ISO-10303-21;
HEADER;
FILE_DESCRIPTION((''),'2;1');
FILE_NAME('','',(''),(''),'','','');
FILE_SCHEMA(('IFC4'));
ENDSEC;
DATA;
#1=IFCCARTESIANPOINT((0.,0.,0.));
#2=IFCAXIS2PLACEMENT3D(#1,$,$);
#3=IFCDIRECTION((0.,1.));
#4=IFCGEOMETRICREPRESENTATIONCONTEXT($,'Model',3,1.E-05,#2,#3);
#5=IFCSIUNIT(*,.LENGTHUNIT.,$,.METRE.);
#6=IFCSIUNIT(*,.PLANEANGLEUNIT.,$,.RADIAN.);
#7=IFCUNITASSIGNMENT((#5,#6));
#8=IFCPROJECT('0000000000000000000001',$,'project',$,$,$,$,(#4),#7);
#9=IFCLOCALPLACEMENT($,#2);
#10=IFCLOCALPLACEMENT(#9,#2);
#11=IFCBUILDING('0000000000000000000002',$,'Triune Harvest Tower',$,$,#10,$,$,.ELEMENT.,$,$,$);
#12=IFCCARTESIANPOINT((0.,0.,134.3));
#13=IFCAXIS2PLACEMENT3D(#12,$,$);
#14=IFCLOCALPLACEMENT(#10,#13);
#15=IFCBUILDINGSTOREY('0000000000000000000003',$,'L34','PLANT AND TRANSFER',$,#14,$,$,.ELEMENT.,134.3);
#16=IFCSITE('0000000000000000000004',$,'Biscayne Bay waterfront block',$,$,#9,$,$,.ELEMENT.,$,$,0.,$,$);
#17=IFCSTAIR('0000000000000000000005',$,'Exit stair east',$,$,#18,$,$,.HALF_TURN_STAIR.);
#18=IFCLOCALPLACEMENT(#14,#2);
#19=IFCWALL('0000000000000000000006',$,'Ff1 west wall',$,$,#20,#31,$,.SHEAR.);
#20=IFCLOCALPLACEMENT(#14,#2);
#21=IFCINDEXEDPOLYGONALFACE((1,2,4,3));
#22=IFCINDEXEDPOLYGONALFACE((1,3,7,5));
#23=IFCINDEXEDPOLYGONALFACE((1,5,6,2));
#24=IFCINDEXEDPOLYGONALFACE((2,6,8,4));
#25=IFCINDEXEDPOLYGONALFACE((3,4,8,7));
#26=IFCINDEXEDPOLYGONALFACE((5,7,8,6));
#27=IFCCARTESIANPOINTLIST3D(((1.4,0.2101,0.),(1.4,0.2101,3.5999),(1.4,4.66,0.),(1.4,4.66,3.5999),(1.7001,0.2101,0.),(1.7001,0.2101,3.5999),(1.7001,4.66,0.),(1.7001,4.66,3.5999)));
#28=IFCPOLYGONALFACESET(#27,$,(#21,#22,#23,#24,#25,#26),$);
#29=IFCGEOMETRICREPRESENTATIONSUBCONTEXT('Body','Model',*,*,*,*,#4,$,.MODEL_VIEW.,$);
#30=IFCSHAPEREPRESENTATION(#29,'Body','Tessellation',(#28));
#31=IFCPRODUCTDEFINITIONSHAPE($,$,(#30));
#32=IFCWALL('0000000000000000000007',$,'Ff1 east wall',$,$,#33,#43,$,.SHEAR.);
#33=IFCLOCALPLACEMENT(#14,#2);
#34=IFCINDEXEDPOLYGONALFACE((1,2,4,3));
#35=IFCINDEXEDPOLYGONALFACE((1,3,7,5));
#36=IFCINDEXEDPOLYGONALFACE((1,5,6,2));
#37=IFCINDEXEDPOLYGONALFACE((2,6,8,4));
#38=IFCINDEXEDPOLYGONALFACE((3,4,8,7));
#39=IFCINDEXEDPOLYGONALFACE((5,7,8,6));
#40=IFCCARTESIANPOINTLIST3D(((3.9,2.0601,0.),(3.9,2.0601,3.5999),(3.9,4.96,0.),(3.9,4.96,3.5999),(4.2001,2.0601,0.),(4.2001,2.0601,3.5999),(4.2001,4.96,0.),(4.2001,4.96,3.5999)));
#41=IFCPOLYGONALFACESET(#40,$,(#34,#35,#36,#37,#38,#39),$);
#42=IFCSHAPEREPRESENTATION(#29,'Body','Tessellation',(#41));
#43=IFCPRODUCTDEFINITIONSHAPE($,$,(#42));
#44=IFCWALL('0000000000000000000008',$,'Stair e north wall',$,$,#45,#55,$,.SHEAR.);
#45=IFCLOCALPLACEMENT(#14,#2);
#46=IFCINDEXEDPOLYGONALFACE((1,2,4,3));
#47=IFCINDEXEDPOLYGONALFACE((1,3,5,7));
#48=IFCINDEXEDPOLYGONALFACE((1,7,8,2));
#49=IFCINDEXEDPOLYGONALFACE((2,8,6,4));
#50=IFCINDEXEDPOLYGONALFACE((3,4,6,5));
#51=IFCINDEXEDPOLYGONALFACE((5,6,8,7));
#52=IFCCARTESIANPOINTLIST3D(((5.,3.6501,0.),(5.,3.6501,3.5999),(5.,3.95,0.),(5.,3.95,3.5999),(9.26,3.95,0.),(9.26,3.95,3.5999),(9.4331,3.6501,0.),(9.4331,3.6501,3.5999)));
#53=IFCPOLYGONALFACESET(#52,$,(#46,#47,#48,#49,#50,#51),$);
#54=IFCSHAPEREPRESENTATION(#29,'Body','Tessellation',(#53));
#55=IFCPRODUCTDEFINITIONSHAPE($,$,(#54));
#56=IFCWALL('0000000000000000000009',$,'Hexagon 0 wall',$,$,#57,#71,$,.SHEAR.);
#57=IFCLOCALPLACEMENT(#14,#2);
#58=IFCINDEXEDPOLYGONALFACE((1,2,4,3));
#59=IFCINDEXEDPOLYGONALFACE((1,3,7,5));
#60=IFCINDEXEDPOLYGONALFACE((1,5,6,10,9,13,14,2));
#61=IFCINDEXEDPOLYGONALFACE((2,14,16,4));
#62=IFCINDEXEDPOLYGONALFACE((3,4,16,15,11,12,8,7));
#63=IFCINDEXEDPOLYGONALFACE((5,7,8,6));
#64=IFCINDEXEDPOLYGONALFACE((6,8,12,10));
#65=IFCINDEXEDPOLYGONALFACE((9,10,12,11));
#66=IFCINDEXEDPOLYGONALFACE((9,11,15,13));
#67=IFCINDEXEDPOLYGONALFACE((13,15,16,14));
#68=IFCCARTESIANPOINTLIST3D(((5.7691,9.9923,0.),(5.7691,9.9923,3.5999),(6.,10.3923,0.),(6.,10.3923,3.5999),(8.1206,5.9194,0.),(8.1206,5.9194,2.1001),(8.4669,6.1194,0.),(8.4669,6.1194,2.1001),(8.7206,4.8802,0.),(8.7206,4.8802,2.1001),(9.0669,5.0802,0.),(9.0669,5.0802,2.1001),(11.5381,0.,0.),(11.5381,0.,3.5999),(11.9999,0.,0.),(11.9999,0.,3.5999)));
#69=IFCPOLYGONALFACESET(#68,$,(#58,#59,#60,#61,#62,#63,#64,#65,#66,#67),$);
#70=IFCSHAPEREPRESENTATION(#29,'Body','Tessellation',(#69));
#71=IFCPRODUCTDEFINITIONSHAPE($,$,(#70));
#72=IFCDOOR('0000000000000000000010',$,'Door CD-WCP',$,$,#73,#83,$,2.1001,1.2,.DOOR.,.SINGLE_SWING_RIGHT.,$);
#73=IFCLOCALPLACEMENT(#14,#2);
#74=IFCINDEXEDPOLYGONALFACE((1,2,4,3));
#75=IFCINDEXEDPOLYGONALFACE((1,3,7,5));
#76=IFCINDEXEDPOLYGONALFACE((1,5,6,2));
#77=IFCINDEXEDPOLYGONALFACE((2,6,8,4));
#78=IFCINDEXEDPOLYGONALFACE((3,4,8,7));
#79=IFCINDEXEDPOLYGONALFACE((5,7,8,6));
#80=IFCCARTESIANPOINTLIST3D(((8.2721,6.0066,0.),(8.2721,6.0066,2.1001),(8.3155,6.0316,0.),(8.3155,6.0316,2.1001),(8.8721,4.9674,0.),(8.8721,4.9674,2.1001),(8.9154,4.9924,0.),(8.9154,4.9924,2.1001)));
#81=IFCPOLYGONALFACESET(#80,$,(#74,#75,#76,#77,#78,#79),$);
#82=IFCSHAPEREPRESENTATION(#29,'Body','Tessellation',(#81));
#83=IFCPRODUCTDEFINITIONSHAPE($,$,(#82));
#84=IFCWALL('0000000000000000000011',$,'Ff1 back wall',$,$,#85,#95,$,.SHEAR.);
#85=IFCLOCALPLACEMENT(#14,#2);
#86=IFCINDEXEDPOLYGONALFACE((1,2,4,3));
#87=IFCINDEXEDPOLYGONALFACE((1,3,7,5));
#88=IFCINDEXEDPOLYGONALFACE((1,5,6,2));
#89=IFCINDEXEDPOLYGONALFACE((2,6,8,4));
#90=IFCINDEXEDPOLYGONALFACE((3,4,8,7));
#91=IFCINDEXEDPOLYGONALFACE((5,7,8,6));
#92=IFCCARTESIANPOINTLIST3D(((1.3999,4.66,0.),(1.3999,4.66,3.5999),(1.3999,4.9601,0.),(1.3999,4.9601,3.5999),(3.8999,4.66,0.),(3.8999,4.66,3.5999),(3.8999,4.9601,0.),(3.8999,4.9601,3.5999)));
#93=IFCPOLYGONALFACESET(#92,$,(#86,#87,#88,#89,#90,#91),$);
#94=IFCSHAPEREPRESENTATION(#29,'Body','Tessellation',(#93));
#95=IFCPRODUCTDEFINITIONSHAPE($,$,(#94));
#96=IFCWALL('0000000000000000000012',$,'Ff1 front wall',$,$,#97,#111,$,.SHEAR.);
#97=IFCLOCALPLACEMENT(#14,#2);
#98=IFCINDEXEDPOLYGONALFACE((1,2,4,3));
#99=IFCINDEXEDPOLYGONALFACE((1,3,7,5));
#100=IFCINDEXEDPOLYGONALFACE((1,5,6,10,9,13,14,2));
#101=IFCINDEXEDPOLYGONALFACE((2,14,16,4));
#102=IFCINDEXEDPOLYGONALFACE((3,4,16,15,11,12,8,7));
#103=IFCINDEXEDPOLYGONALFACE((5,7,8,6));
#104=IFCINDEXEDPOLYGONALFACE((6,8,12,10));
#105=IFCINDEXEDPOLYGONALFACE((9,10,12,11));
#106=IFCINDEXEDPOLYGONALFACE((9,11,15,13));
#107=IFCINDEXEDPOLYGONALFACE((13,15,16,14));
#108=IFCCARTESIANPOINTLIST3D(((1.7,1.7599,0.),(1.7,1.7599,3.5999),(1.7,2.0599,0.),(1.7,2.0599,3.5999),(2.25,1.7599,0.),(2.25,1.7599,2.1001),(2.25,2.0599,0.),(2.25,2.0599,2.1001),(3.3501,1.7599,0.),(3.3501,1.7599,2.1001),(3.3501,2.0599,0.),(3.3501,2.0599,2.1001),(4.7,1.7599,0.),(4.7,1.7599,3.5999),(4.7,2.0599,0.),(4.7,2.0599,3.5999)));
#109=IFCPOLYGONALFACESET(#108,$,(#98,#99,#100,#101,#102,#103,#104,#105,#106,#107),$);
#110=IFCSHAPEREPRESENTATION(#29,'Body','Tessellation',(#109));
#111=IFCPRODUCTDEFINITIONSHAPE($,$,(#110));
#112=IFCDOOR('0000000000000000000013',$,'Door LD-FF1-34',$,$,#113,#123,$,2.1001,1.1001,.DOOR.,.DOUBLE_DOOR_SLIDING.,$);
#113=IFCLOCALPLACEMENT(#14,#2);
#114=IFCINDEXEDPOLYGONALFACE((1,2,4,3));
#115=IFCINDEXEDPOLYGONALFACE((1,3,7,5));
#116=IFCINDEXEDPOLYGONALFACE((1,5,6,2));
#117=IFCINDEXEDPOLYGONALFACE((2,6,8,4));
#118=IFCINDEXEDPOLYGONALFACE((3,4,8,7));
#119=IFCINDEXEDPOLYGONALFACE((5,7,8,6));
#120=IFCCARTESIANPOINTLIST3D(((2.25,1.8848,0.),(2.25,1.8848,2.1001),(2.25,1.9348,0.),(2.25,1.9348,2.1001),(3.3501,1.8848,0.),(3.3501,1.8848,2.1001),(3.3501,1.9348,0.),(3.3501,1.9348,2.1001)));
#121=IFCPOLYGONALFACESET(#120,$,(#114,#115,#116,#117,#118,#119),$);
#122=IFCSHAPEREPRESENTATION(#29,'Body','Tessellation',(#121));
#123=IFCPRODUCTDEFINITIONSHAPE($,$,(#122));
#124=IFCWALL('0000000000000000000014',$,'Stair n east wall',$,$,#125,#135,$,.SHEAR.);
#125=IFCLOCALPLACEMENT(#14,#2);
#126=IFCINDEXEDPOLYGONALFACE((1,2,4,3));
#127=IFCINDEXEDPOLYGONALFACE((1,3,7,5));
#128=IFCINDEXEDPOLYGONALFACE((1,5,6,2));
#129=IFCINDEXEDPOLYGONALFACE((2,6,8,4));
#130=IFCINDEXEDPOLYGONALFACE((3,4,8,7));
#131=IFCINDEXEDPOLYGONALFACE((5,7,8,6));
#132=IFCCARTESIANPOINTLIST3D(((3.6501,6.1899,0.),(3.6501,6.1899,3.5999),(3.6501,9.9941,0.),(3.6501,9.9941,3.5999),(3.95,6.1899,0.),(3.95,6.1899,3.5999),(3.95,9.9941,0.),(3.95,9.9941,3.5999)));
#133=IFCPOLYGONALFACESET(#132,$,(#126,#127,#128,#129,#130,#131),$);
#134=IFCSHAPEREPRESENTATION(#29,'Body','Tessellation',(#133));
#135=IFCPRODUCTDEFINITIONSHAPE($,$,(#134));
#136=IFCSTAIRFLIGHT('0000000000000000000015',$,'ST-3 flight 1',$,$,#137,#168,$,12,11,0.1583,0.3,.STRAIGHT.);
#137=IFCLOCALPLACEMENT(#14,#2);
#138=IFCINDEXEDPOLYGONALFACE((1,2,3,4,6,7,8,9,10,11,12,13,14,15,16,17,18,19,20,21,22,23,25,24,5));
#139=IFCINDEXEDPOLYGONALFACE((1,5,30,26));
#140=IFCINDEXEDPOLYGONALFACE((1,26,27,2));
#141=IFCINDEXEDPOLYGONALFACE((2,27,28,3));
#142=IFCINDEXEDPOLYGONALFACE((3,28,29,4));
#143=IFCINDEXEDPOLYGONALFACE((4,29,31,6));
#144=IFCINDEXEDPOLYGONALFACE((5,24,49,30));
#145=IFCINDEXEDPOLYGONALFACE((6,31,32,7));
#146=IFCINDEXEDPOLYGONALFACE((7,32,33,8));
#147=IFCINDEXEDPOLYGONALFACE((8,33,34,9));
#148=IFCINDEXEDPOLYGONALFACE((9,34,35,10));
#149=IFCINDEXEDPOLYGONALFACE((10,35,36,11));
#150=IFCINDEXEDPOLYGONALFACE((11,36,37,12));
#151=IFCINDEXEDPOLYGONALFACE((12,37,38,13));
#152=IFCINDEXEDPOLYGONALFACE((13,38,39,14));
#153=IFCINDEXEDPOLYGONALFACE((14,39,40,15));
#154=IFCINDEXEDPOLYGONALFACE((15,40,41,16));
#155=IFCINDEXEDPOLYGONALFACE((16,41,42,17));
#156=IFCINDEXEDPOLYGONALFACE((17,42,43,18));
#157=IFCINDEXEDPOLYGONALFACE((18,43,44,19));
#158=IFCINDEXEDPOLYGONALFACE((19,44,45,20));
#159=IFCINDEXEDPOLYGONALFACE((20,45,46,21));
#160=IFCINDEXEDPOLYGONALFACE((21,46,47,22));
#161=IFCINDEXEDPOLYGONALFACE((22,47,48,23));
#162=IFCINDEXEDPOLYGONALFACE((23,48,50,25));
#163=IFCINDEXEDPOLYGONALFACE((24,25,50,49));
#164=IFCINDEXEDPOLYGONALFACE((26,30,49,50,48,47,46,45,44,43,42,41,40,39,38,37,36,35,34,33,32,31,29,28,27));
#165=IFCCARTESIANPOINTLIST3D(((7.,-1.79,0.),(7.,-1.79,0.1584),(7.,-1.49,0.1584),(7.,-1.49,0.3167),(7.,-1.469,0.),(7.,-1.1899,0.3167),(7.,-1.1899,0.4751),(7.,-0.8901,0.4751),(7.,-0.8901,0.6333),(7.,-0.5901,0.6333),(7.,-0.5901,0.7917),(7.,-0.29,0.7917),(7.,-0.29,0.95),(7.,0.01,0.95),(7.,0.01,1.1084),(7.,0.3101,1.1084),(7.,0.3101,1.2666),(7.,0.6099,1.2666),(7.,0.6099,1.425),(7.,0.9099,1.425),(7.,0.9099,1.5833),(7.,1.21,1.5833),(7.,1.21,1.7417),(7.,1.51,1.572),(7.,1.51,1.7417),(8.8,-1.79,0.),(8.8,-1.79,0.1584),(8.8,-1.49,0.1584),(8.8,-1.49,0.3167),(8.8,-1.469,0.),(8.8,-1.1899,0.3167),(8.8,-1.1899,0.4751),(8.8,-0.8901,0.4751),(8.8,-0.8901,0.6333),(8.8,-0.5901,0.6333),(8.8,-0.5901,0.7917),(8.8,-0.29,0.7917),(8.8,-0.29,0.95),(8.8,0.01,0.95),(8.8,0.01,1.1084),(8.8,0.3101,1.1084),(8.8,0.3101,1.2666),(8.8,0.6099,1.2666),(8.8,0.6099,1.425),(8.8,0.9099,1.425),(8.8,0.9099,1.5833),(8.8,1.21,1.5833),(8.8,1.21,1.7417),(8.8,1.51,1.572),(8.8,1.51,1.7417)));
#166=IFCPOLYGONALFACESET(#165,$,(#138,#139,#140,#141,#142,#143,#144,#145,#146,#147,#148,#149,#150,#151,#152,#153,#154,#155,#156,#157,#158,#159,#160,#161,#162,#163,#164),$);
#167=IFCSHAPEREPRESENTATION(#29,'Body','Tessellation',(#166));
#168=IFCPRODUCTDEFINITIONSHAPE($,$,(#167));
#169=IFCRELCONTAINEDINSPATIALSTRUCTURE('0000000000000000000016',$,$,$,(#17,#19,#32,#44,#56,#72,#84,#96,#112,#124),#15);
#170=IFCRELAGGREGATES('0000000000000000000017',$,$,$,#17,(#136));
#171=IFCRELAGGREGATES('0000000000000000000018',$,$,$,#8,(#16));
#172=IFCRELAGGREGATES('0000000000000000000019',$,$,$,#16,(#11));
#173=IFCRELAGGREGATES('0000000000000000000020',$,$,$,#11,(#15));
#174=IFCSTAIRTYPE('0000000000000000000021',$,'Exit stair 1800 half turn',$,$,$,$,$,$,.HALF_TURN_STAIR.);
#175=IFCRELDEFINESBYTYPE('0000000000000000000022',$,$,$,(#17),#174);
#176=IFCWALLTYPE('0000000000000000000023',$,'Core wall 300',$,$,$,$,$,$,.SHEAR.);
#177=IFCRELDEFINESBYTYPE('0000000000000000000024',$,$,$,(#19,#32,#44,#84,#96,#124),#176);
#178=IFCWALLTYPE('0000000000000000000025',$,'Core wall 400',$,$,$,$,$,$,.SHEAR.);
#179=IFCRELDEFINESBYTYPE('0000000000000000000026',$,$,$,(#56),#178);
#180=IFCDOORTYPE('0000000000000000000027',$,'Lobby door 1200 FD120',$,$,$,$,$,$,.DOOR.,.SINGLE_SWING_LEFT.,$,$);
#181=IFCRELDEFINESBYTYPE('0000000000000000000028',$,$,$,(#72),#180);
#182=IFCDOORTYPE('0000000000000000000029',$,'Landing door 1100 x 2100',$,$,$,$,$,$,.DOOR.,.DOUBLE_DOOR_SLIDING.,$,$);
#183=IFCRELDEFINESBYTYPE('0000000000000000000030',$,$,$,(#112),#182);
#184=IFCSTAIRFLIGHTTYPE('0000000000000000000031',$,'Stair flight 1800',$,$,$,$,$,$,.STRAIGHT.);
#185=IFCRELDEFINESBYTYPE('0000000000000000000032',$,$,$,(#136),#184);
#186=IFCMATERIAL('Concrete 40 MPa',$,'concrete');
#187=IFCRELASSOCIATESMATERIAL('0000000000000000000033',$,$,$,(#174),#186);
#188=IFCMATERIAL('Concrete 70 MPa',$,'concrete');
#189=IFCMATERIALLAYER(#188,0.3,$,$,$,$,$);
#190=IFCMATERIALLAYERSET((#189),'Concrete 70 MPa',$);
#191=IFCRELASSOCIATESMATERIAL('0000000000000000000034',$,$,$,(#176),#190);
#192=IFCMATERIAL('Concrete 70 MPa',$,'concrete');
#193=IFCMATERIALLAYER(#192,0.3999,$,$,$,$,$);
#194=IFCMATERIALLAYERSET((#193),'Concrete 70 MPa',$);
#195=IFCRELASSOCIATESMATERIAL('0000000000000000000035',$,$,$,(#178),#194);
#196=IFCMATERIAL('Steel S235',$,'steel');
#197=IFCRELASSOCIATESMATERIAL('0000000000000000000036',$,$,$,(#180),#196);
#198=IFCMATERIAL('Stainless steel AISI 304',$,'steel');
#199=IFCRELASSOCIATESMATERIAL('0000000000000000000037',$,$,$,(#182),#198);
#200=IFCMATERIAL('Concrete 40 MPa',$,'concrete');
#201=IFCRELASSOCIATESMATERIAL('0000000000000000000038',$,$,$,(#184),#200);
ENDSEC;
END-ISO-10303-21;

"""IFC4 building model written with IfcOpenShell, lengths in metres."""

from ifc_helpers import new_model, si_unit, direction, frame, frame_2d, origin, place, context, subcontext, project, spatial, polyline, rectangle, outline, extrude, source, transform, mapped, material, layer, layer_set, type_object, element, fill, aggregate, save


model = new_model("IFC4")

# Units and contexts
model_context = context("Model", 3, precision=1e-05, world=origin(), true_north=direction((0.0, 1.0)))
body_context = subcontext(model_context, "Body", "Model", "MODEL_VIEW")
ifc_project = project(units=[si_unit("LENGTHUNIT", "METRE"), si_unit("PLANEANGLEUNIT", "RADIAN")], contexts=[model_context])

# Site, building, storey
site_placement = place(None, origin())
site = spatial("IfcSite", under=ifc_project, at=site_placement, Name="Biscayne Bay waterfront block", CompositionType="ELEMENT", RefElevation=0.0)
building_placement = place(site_placement, origin())
building = spatial("IfcBuilding", under=site, at=building_placement, Name="Triune Harvest Tower", CompositionType="ELEMENT")
storey_placement = place(building_placement, frame((0.0, 0.0, 134.3)))
storey = spatial("IfcBuildingStorey", under=building, at=storey_placement, Name="L34", Description="PLANT AND TRANSFER", CompositionType="ELEMENT", Elevation=134.3)

# Stair
ifc_material_1 = material(Name="Concrete 40 MPa", Category="concrete")
stair_type = type_object("IfcStairType", Name="Exit stair 1800 half turn", PredefinedType="HALF_TURN_STAIR", material=ifc_material_1)
stair_1_placement = place(storey_placement, origin())
stair_1 = element("IfcStair", 1, at=stair_1_placement, inside=storey, type_object=stair_type, Name="Exit stair east", PredefinedType="HALF_TURN_STAIR")

# Walls
ifc_material_2 = material(Name="Concrete 70 MPa", Category="concrete")
ifc_layer_1 = layer(ifc_material_2, 0.3)
ifc_layer_set_1 = layer_set([ifc_layer_1], Name="Concrete 70 MPa")
wall_type_1 = type_object("IfcWallType", Name="Core wall 300", PredefinedType="SHEAR", material=ifc_layer_set_1)
wall_1_placement = place(storey_placement, frame((1.55, 0.21, 0.0), z_axis=(0.0, 0.0, 1.0), x_axis=(0.0, 1.0, 0.0)))
element("IfcWall", 2, at=wall_1_placement, inside=storey, type_object=wall_type_1, Name="Ff1 west wall", PredefinedType="SHEAR", context=body_context, shape_type="SweptSolid", body=[
    extrude(rectangle(XDim=4.45, YDim=0.3, at=frame_2d((2.2251, 0.0))), origin(), (0.0, 0.0, 1.0), 3.5999),
])
wall_2_placement = place(storey_placement, frame((4.05, 2.0601, 0.0), z_axis=(0.0, 0.0, 1.0), x_axis=(0.0, 1.0, 0.0)))
element("IfcWall", 3, at=wall_2_placement, inside=storey, type_object=wall_type_1, Name="Ff1 east wall", PredefinedType="SHEAR", context=body_context, shape_type="SweptSolid", body=[
    extrude(rectangle(XDim=2.8999, YDim=0.3, at=frame_2d((1.45, 0.0))), origin(), (0.0, 0.0, 1.0), 3.5999),
])
wall_3_placement = place(storey_placement, frame((5.0, 3.8, 0.0), z_axis=(0.0, 0.0, 1.0), x_axis=(1.0, 0.0, 0.0)))
element("IfcWall", 4, at=wall_3_placement, inside=storey, type_object=wall_type_1, Name="Stair e north wall", PredefinedType="SHEAR", context=body_context, shape_type="SweptSolid", body=[
    extrude(outline(polyline([(0.0, -0.1499), (0.0, 0.1499), (4.26, 0.1499), (4.4331, -0.1499), (0.0, -0.1499)])), origin(), (0.0, 0.0, 1.0), 3.5999),
])

# Wall, opening, door
ifc_material_3 = material(Name="Concrete 70 MPa", Category="concrete")
ifc_layer_2 = layer(ifc_material_3, 0.3999)
ifc_layer_set_2 = layer_set([ifc_layer_2], Name="Concrete 70 MPa")
wall_type_2 = type_object("IfcWallType", Name="Core wall 400", PredefinedType="SHEAR", material=ifc_layer_set_2)
shared_shape_1 = source(origin(), body_context, "Body", "SweptSolid", [
    extrude(outline(polyline([(-0.1155, -0.2), (11.8845, -0.2), (11.6536, 0.2), (0.1155, 0.2), (-0.1155, -0.2)])), origin(), (0.0, 0.0, 1.0), 3.5999),
])
wall_4_placement = place(storey_placement, frame((11.769, 0.0, 0.0), z_axis=(0.0, 0.0, 1.0), x_axis=(-0.499997, 0.866027, 0.0)))
wall_4 = element("IfcWall", 5, at=wall_4_placement, inside=storey, type_object=wall_type_2, Name="Hexagon 0 wall", PredefinedType="SHEAR", context=body_context, shape_type="MappedRepresentation", body=[
    mapped(shared_shape_1, transform((0.0, 0.0, 0.0), scale=1.0)),
])
opening_1_placement = place(wall_4_placement, frame((5.7505, 0.0, 0.0)))
opening_1 = element("IfcOpeningElement", 6, at=opening_1_placement, cuts=wall_4, PredefinedType="OPENING", context=body_context, shape_type="SweptSolid", body=[
    extrude(rectangle(XDim=1.2, YDim=2.1001, at=frame_2d((0.6001, 1.05))), frame((0.0, 0.21, 0.0), z_axis=(0.0, -1.0, 0.0), x_axis=(1.0, 0.0, 0.0)), (0.0, 0.0, 1.0), 0.4199),
])
ifc_material_4 = material(Name="Steel S235", Category="steel")
door_type_1 = type_object("IfcDoorType", Name="Lobby door 1200 FD120", OperationType="SINGLE_SWING_LEFT", PredefinedType="DOOR", material=ifc_material_4)
door_1_placement = place(opening_1_placement, frame((1.2, 0.0, 0.0), z_axis=(0.0, 0.0, 1.0), x_axis=(-1.0, 0.0, 0.0)))
door_1 = element("IfcDoor", 7, at=door_1_placement, inside=storey, type_object=door_type_1, Name="Door CD-WCP", OperationType="SINGLE_SWING_RIGHT", OverallHeight=2.1001, OverallWidth=1.2, PredefinedType="DOOR", context=body_context, shape_type="SweptSolid", body=[
    extrude(rectangle(XDim=1.2, YDim=2.1001, at=frame_2d((0.6001, 1.05))), frame((0.0, 0.0249, 0.0), z_axis=(0.0, -1.0, 0.0), x_axis=(1.0, 0.0, 0.0)), (0.0, 0.0, 1.0), 0.05),
])
fill(opening_1, door_1)

# Wall
shared_shape_2 = source(origin(), body_context, "Body", "SweptSolid", [
    extrude(rectangle(XDim=2.5, YDim=0.3, at=frame_2d((1.25, 0.0))), origin(), (0.0, 0.0, 1.0), 3.5999),
])
wall_5_placement = place(storey_placement, frame((1.3999, 4.8101, 0.0), z_axis=(0.0, 0.0, 1.0), x_axis=(1.0, 0.0, 0.0)))
element("IfcWall", 8, at=wall_5_placement, inside=storey, type_object=wall_type_1, Name="Ff1 back wall", PredefinedType="SHEAR", context=body_context, shape_type="MappedRepresentation", body=[
    mapped(shared_shape_2, transform((0.0, 0.0, 0.0), scale=1.0)),
])

# Wall, opening, door
shared_shape_3 = source(origin(), body_context, "Body", "SweptSolid", [
    extrude(rectangle(XDim=3.0, YDim=0.3, at=frame_2d((1.5, 0.0))), origin(), (0.0, 0.0, 1.0), 3.5999),
])
wall_6_placement = place(storey_placement, frame((1.7, 1.9099, 0.0), z_axis=(0.0, 0.0, 1.0), x_axis=(1.0, 0.0, 0.0)))
wall_6 = element("IfcWall", 9, at=wall_6_placement, inside=storey, type_object=wall_type_1, Name="Ff1 front wall", PredefinedType="SHEAR", context=body_context, shape_type="MappedRepresentation", body=[
    mapped(shared_shape_3, transform((0.0, 0.0, 0.0), scale=1.0)),
])
opening_2_placement = place(wall_6_placement, frame((0.55, 0.0, 0.0)))
opening_2 = element("IfcOpeningElement", 10, at=opening_2_placement, cuts=wall_6, PredefinedType="OPENING", context=body_context, shape_type="SweptSolid", body=[
    extrude(rectangle(XDim=1.1001, YDim=2.1001, at=frame_2d((0.55, 1.05))), frame((0.0, 0.1602, 0.0), z_axis=(0.0, -1.0, 0.0), x_axis=(1.0, 0.0, 0.0)), (0.0, 0.0, 1.0), 0.3201),
])
ifc_material_5 = material(Name="Stainless steel AISI 304", Category="steel")
door_type_2 = type_object("IfcDoorType", Name="Landing door 1100 x 2100", OperationType="DOUBLE_DOOR_SLIDING", PredefinedType="DOOR", material=ifc_material_5)
door_2_placement = place(opening_2_placement, origin())
door_2 = element("IfcDoor", 11, at=door_2_placement, inside=storey, type_object=door_type_2, Name="Door LD-FF1-34", OperationType="DOUBLE_DOOR_SLIDING", OverallHeight=2.1001, OverallWidth=1.1001, PredefinedType="DOOR", context=body_context, shape_type="SweptSolid", body=[
    extrude(rectangle(XDim=1.1001, YDim=2.1001, at=frame_2d((0.55, 1.05))), frame((0.0, 0.0249, 0.0), z_axis=(0.0, -1.0, 0.0), x_axis=(1.0, 0.0, 0.0)), (0.0, 0.0, 1.0), 0.05),
])
fill(opening_2, door_2)

# Wall
shared_shape_4 = source(origin(), body_context, "Body", "SweptSolid", [
    extrude(outline(polyline([(0.0, -0.1499), (0.0, 0.1499), (3.8042, 0.1499), (3.8042, -0.1499), (0.0, -0.1499)])), origin(), (0.0, 0.0, 1.0), 3.5999),
])
wall_7_placement = place(storey_placement, frame((3.8, 6.1899, 0.0), z_axis=(0.0, 0.0, 1.0), x_axis=(0.0, 1.0, 0.0)))
element("IfcWall", 12, at=wall_7_placement, inside=storey, type_object=wall_type_1, Name="Stair n east wall", PredefinedType="SHEAR", context=body_context, shape_type="MappedRepresentation", body=[
    mapped(shared_shape_4, transform((0.0, 0.0, 0.0), scale=1.0)),
])

# Stair flight
ifc_material_6 = material(Name="Concrete 40 MPa", Category="concrete")
stair_flight_type = type_object("IfcStairFlightType", Name="Stair flight 1800", PredefinedType="STRAIGHT", material=ifc_material_6)
shared_shape_5 = source(origin(), body_context, "Body", "SweptSolid", [
    extrude(outline(polyline([(0.0, 0.0), (0.0, 0.1584), (0.3, 0.1584), (0.3, 0.3167), (0.6001, 0.3167), (0.6001, 0.4751), (0.8999, 0.4751), (0.8999, 0.6333), (1.2, 0.6333), (1.2, 0.7917), (1.5, 0.7917), (1.5, 0.95), (1.8, 0.95), (1.8, 1.1084), (2.1001, 1.1084), (2.1001, 1.2666), (2.3999, 1.2666), (2.3999, 1.425), (2.7, 1.425), (2.7, 1.5833), (3.0, 1.5833), (3.0, 1.7417), (3.3, 1.7417), (3.3, 1.8999), (3.3, 1.572), (0.321, 0.0), (0.0, 0.0)])), frame((0.0, 0.8999, 0.0), z_axis=(0.0, -1.0, 0.0), x_axis=(1.0, 0.0, 0.0)), (0.0, 0.0, 1.0), 1.8),
])
stair_flight_1_placement = place(storey_placement, frame((7.8999, -1.79, 0.0), z_axis=(0.0, 0.0, 1.0), x_axis=(0.0, 1.0, 0.0)))
stair_flight_1 = element("IfcStairFlight", 13, at=stair_flight_1_placement, type_object=stair_flight_type, Name="ST-3 flight 1", NumberOfRisers=12, NumberOfTreads=11, PredefinedType="STRAIGHT", RiserHeight=0.1583, TreadLength=0.3, context=body_context, shape_type="MappedRepresentation", body=[
    mapped(shared_shape_5, transform((0.0, 0.0, 0.0), scale=1.0)),
])
aggregate(stair_1, [stair_flight_1])

save(model, "model.ifc")
